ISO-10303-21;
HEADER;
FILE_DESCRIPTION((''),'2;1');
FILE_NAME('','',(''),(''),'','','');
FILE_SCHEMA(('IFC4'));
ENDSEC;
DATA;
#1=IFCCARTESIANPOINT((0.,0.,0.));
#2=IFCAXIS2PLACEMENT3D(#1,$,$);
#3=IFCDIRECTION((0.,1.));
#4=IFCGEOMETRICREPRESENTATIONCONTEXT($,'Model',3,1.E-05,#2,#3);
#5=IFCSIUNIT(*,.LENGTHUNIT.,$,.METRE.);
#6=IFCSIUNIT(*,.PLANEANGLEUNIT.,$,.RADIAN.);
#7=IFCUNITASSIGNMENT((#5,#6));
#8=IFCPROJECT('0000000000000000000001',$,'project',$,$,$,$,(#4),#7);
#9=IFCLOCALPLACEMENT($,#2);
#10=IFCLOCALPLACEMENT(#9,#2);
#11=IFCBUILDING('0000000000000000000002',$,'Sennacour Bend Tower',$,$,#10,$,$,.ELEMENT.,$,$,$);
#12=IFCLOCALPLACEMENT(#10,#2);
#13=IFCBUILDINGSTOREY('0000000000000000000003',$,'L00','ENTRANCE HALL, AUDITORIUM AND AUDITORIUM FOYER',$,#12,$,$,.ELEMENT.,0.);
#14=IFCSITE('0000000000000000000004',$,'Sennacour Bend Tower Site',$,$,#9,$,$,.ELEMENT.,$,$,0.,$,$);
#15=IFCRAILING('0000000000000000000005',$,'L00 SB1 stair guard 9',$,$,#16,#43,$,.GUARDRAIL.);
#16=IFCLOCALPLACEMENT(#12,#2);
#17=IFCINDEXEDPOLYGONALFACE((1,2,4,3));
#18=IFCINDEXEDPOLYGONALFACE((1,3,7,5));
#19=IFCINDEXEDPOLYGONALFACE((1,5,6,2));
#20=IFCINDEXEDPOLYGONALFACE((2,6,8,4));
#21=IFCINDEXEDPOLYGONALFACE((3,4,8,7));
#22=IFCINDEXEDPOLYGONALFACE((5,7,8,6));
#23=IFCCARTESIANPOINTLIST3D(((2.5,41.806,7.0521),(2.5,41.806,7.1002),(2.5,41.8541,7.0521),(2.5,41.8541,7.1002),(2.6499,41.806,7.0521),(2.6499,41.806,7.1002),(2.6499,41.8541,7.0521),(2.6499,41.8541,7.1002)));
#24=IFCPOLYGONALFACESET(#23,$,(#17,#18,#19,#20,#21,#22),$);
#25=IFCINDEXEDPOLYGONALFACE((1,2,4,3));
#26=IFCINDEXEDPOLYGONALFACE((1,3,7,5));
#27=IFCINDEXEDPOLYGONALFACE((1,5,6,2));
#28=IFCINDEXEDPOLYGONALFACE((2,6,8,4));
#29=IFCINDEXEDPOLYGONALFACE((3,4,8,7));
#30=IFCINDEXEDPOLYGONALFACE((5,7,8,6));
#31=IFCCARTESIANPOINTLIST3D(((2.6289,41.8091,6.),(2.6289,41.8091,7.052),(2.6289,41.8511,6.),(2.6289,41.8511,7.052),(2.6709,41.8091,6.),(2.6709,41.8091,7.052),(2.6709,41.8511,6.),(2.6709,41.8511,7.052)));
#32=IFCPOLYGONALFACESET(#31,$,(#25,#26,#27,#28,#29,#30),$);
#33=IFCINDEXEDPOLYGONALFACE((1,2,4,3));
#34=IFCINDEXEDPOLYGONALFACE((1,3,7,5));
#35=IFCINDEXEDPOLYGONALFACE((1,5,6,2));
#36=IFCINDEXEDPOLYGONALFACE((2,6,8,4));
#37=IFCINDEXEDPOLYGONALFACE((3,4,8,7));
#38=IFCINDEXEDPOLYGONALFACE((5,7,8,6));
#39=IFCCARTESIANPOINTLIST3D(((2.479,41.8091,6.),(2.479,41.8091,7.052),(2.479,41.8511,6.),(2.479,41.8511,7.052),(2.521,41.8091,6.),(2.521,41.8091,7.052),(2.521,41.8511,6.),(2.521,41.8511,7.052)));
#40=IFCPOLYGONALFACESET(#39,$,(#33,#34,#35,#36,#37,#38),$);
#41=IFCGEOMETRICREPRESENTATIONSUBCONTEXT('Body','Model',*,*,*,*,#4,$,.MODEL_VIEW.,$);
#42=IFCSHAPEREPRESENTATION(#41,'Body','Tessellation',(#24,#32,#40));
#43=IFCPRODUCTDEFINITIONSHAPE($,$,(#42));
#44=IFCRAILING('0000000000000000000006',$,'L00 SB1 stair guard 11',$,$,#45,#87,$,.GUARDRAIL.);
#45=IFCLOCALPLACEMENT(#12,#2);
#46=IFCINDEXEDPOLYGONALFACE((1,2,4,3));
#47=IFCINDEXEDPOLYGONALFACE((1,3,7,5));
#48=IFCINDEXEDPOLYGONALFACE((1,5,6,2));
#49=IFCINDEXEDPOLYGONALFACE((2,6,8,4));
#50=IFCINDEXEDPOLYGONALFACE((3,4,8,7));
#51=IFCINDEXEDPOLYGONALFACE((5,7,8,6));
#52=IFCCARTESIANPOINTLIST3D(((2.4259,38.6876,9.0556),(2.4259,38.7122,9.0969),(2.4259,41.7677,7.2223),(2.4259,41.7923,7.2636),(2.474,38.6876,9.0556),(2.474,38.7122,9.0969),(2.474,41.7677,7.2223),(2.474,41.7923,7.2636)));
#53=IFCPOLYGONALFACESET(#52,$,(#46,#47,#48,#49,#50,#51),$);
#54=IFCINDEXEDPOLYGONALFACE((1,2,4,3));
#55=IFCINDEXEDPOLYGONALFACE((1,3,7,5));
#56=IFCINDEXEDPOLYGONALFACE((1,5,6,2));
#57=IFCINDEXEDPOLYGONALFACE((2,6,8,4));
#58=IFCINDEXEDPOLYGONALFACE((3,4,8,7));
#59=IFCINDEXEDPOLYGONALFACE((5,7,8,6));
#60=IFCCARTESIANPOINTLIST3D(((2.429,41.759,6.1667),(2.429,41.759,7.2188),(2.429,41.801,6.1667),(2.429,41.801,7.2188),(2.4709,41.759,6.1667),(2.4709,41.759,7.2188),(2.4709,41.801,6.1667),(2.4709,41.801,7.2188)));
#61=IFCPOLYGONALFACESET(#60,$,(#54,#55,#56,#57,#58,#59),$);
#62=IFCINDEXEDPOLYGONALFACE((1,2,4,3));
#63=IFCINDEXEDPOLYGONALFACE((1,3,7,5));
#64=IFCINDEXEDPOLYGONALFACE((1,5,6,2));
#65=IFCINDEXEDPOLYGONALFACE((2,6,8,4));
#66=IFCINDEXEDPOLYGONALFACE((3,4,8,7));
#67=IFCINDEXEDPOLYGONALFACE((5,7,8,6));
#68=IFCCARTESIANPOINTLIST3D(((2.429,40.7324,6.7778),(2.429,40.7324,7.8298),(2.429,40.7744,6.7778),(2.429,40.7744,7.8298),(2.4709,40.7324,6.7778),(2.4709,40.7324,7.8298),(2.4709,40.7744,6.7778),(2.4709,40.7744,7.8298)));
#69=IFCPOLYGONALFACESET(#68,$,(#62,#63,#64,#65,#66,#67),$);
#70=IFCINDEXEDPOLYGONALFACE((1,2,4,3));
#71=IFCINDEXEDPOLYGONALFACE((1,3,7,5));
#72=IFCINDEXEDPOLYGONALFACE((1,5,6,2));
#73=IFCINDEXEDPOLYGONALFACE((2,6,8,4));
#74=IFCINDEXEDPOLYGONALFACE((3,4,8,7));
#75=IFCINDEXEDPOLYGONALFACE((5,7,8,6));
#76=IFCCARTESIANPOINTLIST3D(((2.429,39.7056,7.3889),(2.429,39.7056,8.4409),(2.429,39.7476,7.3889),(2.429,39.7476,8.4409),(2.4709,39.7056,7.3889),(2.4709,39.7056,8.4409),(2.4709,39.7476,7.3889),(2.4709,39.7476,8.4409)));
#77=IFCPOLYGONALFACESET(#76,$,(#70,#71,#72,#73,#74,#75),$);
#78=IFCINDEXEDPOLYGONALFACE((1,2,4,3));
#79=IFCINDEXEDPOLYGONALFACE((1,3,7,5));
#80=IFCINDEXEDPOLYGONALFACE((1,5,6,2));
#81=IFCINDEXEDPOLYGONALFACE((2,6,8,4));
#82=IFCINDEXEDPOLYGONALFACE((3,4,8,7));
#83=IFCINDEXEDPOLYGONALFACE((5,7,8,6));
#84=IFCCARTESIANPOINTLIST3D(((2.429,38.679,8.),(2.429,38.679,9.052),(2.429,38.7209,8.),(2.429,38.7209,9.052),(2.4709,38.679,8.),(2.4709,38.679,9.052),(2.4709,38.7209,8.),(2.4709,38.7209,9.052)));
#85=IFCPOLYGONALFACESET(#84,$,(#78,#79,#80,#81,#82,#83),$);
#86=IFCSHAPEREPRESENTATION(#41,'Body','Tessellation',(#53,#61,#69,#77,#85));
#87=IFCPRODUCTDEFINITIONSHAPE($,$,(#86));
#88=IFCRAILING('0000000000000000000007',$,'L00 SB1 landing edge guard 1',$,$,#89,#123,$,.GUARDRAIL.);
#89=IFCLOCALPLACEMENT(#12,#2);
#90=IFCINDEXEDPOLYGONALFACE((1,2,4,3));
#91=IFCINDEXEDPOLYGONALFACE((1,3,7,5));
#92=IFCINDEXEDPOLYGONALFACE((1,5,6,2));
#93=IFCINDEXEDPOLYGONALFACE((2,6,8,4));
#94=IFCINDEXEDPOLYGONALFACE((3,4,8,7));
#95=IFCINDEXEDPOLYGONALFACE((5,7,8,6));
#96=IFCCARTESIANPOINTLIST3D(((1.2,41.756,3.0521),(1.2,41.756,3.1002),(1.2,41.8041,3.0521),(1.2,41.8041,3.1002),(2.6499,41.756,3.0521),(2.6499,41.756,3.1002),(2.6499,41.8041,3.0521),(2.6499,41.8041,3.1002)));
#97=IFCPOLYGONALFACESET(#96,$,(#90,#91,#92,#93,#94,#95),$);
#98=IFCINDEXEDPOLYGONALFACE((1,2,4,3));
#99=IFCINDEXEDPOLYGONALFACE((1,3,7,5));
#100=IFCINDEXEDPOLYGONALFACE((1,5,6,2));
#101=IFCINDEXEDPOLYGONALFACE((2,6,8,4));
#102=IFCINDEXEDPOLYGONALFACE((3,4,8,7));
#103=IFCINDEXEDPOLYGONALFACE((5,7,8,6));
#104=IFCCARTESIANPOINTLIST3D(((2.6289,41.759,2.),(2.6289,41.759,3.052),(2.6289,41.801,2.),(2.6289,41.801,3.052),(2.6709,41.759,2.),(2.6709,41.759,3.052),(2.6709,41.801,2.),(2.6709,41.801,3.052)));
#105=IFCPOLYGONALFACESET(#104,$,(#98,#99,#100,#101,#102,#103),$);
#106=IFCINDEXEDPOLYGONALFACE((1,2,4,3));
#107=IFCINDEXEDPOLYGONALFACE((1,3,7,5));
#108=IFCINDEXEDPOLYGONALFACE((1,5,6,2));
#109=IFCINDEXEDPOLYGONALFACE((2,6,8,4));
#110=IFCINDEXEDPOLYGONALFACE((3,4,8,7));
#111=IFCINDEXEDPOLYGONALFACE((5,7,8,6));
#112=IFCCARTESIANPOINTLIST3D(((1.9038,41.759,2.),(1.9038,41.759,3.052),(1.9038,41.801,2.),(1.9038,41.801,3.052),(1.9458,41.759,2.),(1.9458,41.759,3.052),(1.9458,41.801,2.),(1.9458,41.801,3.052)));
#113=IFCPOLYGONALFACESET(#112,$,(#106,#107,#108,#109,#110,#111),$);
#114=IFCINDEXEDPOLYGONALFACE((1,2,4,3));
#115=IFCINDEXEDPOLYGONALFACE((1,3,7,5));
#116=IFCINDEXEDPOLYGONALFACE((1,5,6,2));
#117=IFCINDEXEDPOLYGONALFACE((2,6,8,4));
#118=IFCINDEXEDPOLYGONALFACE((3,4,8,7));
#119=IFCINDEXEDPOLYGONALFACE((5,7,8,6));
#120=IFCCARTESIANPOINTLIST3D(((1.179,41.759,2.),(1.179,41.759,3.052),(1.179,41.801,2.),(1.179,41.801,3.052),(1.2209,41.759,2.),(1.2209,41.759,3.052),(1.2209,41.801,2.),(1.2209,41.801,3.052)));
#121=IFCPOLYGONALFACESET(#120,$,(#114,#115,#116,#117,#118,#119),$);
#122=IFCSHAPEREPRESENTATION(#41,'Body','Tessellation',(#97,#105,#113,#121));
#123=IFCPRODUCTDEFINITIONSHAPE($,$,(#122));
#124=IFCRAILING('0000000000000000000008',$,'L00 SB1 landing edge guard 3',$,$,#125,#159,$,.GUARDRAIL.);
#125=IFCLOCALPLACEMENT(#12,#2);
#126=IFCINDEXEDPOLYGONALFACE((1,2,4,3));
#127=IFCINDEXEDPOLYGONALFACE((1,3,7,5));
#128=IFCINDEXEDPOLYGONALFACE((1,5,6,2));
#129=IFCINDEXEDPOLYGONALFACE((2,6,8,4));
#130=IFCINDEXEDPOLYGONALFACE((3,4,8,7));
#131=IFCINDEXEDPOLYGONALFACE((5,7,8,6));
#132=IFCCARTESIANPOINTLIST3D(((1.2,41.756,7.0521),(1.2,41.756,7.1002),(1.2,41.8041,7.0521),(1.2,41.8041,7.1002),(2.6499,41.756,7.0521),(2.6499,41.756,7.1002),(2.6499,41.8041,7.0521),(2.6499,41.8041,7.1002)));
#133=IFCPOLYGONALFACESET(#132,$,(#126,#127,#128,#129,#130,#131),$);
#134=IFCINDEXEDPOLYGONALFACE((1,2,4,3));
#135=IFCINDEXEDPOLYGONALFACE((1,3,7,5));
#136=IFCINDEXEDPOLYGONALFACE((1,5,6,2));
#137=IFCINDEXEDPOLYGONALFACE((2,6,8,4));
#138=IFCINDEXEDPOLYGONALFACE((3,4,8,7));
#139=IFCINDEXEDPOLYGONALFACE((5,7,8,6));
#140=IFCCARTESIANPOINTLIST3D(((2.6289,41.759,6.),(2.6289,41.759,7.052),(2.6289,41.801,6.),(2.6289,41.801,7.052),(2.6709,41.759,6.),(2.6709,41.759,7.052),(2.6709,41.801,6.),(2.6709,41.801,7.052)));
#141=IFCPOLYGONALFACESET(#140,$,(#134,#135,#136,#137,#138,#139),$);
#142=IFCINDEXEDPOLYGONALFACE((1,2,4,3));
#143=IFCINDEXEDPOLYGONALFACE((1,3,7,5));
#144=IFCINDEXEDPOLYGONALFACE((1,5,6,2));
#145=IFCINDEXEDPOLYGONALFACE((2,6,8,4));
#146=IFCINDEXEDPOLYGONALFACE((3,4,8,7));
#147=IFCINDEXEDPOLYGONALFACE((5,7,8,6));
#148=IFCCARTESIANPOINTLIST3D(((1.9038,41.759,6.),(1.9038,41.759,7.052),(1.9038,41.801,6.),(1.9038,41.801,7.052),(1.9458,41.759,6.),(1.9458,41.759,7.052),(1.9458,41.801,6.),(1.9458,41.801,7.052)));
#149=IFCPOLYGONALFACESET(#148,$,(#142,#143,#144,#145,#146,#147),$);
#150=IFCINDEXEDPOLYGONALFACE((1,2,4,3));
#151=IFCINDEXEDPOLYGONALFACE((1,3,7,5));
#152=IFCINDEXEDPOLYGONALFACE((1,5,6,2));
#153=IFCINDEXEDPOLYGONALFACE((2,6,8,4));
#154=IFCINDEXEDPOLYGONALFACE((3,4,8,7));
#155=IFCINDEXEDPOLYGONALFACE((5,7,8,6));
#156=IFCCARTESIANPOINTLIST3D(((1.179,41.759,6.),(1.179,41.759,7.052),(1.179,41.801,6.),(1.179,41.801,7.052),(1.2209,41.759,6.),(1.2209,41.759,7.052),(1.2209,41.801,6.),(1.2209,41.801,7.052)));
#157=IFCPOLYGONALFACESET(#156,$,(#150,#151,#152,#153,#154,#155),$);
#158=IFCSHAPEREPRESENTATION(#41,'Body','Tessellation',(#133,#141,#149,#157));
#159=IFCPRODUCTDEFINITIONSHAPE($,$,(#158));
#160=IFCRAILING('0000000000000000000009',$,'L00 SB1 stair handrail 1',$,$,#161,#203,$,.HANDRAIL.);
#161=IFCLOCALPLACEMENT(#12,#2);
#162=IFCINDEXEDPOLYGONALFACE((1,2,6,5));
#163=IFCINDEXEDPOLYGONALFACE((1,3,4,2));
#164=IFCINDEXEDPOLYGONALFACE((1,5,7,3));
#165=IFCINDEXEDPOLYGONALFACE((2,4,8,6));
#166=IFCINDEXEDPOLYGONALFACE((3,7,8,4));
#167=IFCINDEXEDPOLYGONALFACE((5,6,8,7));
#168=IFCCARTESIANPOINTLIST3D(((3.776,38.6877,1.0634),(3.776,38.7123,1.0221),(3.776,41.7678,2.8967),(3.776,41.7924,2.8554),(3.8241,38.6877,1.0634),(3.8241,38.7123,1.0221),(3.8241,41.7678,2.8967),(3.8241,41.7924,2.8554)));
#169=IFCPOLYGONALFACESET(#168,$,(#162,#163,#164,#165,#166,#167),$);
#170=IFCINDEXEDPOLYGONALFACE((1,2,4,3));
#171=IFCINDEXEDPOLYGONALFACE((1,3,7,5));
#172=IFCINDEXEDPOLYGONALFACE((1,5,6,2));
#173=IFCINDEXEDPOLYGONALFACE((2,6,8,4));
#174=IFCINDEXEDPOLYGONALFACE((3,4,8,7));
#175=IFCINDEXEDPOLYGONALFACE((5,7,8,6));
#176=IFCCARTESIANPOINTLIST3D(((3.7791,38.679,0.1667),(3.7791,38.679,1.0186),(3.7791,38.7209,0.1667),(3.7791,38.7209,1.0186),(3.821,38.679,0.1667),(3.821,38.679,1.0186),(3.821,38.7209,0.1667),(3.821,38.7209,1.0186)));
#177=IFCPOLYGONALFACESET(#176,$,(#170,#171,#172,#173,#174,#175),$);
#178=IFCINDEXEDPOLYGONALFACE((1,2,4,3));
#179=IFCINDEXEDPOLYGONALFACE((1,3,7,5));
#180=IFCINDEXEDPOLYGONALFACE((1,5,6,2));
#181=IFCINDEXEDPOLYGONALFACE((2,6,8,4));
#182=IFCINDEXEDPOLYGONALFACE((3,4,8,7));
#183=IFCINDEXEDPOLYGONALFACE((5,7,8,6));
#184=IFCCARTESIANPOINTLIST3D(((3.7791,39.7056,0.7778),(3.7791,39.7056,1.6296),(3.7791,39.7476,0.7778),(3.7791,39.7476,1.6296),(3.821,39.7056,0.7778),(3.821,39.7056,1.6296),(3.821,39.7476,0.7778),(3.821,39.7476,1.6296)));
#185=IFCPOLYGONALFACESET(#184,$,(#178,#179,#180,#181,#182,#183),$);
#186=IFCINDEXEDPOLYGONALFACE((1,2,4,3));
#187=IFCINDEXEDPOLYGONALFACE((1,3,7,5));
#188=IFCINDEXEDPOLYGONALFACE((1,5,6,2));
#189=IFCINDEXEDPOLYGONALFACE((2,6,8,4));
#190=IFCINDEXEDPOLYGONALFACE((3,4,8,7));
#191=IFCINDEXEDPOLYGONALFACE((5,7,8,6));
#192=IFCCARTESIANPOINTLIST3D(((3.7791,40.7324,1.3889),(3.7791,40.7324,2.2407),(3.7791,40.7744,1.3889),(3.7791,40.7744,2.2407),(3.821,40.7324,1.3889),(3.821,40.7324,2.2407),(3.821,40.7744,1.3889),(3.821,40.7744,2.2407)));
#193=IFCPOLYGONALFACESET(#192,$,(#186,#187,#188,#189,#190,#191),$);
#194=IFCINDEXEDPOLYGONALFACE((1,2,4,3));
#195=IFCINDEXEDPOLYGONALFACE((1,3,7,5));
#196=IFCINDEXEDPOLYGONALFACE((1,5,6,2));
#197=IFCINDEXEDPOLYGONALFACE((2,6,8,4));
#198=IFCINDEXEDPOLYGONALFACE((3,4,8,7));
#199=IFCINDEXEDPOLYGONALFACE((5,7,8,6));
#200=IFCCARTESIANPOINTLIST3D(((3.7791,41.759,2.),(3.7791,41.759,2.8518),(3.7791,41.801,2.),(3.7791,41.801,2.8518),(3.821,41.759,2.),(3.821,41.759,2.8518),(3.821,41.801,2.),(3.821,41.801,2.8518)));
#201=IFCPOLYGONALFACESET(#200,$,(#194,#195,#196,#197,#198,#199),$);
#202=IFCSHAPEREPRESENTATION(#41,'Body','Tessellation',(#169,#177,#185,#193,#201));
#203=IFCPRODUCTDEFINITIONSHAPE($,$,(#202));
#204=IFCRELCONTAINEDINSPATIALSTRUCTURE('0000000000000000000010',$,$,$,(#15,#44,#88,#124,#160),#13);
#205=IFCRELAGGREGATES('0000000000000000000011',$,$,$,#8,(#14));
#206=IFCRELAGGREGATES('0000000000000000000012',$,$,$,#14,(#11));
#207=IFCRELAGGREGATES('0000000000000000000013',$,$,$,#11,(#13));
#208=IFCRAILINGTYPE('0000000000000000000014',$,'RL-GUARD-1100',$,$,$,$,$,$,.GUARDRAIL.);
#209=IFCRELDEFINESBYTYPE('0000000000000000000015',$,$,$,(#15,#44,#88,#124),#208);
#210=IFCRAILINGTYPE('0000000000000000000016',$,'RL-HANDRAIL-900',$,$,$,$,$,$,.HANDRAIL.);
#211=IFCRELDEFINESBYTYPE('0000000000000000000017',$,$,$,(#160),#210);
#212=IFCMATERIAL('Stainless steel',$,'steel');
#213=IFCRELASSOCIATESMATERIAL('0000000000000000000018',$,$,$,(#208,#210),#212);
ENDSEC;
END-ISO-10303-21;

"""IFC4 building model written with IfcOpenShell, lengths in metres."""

from ifc_helpers import new_model, si_unit, direction, frame, origin, origin_2d, place, context, subcontext, project, spatial, rectangle, extrude, material, type_object, element, save


model = new_model("IFC4")

# Units and contexts
model_context = context("Model", 3, precision=1e-05, world=origin(), true_north=direction((0.0, 1.0)))
body_context = subcontext(model_context, "Body", "Model", "MODEL_VIEW")
ifc_project = project(units=[si_unit("LENGTHUNIT", "METRE"), si_unit("PLANEANGLEUNIT", "RADIAN")], contexts=[model_context])

# Site, building, storey
site_placement = place(None, origin())
site = spatial("IfcSite", under=ifc_project, at=site_placement, Name="Sennacour Bend Tower Site", CompositionType="ELEMENT", RefElevation=0.0)
building_placement = place(site_placement, origin())
building = spatial("IfcBuilding", under=site, at=building_placement, Name="Sennacour Bend Tower", CompositionType="ELEMENT")
storey_placement = place(building_placement, origin())
storey = spatial("IfcBuildingStorey", under=building, at=storey_placement, Name="L00", Description="ENTRANCE HALL, AUDITORIUM AND AUDITORIUM FOYER", CompositionType="ELEMENT", Elevation=0.0)

# Railings
ifc_material_1 = material(Name="Stainless steel", Category="steel")
railing_type_1 = type_object("IfcRailingType", Name="RL-GUARD-1100", PredefinedType="GUARDRAIL", material=ifc_material_1)
railing_1_placement = place(storey_placement, frame((2.6499, 41.8301, 6.0)))
element("IfcRailing", 1, at=railing_1_placement, inside=storey, type_object=railing_type_1, Name="L00 SB1 stair guard 9", PredefinedType="GUARDRAIL", context=body_context, shape_type="SweptSolid", body=[
    extrude(rectangle(XDim=0.0481, YDim=0.0481, at=origin_2d()), frame((0.0, 0.0, 1.0762), z_axis=(-1.0, 0.0, 0.0), x_axis=(0.0, -1.0, 0.0)), (0.0, 0.0, 1.0), 0.1499),
    extrude(rectangle(XDim=0.042, YDim=0.042, at=origin_2d()), origin(), (0.0, 0.0, 1.0), 1.052),
    extrude(rectangle(XDim=0.042, YDim=0.042, at=origin_2d()), frame((-0.1499, 0.0, 0.0)), (0.0, 0.0, 1.0), 1.052),
])
railing_2_placement = place(storey_placement, frame((2.45, 41.78, 6.1667)))
element("IfcRailing", 2, at=railing_2_placement, inside=storey, type_object=railing_type_1, Name="L00 SB1 stair guard 11", PredefinedType="GUARDRAIL", context=body_context, shape_type="SweptSolid", body=[
    extrude(rectangle(XDim=0.0481, YDim=0.0481, at=origin_2d()), frame((0.0, 0.0, 1.0762), z_axis=(0.0, -0.859309, 0.511458), x_axis=(1.0, 0.0, 0.0)), (0.0, 0.0, 1.0), 3.5845),
    extrude(rectangle(XDim=0.042, YDim=0.042, at=origin_2d()), origin(), (0.0, 0.0, 1.0), 1.052),
    extrude(rectangle(XDim=0.042, YDim=0.042, at=origin_2d()), frame((0.0, -1.0266, 0.6111)), (0.0, 0.0, 1.0), 1.052),
    extrude(rectangle(XDim=0.042, YDim=0.042, at=origin_2d()), frame((0.0, -2.0535, 1.2222)), (0.0, 0.0, 1.0), 1.052),
    extrude(rectangle(XDim=0.042, YDim=0.042, at=origin_2d()), frame((0.0, -3.0801, 1.8333)), (0.0, 0.0, 1.0), 1.052),
])
for number, where, name in (
    (3, (2.6499, 41.78, 2.0), "L00 SB1 landing edge guard 1"),
    (4, (2.6499, 41.78, 6.0), "L00 SB1 landing edge guard 3"),
):
    element("IfcRailing", number, at=place(storey_placement, frame(where)), inside=storey, type_object=railing_type_1, Name=name, PredefinedType="GUARDRAIL", context=body_context, shape_type="SweptSolid", body=[
        extrude(rectangle(XDim=0.0481, YDim=0.0481, at=origin_2d()), frame((0.0, 0.0, 1.0762), z_axis=(-1.0, 0.0, 0.0), x_axis=(0.0, -1.0, 0.0)), (0.0, 0.0, 1.0), 1.45),
        extrude(rectangle(XDim=0.042, YDim=0.042, at=origin_2d()), origin(), (0.0, 0.0, 1.0), 1.052),
        extrude(rectangle(XDim=0.042, YDim=0.042, at=origin_2d()), frame((-0.7251, 0.0, 0.0)), (0.0, 0.0, 1.0), 1.052),
        extrude(rectangle(XDim=0.042, YDim=0.042, at=origin_2d()), frame((-1.45, 0.0, 0.0)), (0.0, 0.0, 1.0), 1.052),
    ])
railing_type_2 = type_object("IfcRailingType", Name="RL-HANDRAIL-900", PredefinedType="HANDRAIL", material=ifc_material_1)
railing_3_placement = place(storey_placement, frame((3.8, 38.7, 0.1667)))
element("IfcRailing", 5, at=railing_3_placement, inside=storey, type_object=railing_type_2, Name="L00 SB1 stair handrail 1", PredefinedType="HANDRAIL", context=body_context, shape_type="SweptSolid", body=[
    extrude(rectangle(XDim=0.0481, YDim=0.0481, at=origin_2d()), frame((0.0, 0.0, 0.876), z_axis=(0.0, 0.859309, 0.511458), x_axis=(-1.0, 0.0, 0.0)), (0.0, 0.0, 1.0), 3.5845),
    extrude(rectangle(XDim=0.042, YDim=0.042, at=origin_2d()), origin(), (0.0, 0.0, 1.0), 0.8518),
    extrude(rectangle(XDim=0.042, YDim=0.042, at=origin_2d()), frame((0.0, 1.0266, 0.6111)), (0.0, 0.0, 1.0), 0.8518),
    extrude(rectangle(XDim=0.042, YDim=0.042, at=origin_2d()), frame((0.0, 2.0535, 1.2222)), (0.0, 0.0, 1.0), 0.8518),
    extrude(rectangle(XDim=0.042, YDim=0.042, at=origin_2d()), frame((0.0, 3.0801, 1.8333)), (0.0, 0.0, 1.0), 0.8518),
])

save(model, "model.ifc")
